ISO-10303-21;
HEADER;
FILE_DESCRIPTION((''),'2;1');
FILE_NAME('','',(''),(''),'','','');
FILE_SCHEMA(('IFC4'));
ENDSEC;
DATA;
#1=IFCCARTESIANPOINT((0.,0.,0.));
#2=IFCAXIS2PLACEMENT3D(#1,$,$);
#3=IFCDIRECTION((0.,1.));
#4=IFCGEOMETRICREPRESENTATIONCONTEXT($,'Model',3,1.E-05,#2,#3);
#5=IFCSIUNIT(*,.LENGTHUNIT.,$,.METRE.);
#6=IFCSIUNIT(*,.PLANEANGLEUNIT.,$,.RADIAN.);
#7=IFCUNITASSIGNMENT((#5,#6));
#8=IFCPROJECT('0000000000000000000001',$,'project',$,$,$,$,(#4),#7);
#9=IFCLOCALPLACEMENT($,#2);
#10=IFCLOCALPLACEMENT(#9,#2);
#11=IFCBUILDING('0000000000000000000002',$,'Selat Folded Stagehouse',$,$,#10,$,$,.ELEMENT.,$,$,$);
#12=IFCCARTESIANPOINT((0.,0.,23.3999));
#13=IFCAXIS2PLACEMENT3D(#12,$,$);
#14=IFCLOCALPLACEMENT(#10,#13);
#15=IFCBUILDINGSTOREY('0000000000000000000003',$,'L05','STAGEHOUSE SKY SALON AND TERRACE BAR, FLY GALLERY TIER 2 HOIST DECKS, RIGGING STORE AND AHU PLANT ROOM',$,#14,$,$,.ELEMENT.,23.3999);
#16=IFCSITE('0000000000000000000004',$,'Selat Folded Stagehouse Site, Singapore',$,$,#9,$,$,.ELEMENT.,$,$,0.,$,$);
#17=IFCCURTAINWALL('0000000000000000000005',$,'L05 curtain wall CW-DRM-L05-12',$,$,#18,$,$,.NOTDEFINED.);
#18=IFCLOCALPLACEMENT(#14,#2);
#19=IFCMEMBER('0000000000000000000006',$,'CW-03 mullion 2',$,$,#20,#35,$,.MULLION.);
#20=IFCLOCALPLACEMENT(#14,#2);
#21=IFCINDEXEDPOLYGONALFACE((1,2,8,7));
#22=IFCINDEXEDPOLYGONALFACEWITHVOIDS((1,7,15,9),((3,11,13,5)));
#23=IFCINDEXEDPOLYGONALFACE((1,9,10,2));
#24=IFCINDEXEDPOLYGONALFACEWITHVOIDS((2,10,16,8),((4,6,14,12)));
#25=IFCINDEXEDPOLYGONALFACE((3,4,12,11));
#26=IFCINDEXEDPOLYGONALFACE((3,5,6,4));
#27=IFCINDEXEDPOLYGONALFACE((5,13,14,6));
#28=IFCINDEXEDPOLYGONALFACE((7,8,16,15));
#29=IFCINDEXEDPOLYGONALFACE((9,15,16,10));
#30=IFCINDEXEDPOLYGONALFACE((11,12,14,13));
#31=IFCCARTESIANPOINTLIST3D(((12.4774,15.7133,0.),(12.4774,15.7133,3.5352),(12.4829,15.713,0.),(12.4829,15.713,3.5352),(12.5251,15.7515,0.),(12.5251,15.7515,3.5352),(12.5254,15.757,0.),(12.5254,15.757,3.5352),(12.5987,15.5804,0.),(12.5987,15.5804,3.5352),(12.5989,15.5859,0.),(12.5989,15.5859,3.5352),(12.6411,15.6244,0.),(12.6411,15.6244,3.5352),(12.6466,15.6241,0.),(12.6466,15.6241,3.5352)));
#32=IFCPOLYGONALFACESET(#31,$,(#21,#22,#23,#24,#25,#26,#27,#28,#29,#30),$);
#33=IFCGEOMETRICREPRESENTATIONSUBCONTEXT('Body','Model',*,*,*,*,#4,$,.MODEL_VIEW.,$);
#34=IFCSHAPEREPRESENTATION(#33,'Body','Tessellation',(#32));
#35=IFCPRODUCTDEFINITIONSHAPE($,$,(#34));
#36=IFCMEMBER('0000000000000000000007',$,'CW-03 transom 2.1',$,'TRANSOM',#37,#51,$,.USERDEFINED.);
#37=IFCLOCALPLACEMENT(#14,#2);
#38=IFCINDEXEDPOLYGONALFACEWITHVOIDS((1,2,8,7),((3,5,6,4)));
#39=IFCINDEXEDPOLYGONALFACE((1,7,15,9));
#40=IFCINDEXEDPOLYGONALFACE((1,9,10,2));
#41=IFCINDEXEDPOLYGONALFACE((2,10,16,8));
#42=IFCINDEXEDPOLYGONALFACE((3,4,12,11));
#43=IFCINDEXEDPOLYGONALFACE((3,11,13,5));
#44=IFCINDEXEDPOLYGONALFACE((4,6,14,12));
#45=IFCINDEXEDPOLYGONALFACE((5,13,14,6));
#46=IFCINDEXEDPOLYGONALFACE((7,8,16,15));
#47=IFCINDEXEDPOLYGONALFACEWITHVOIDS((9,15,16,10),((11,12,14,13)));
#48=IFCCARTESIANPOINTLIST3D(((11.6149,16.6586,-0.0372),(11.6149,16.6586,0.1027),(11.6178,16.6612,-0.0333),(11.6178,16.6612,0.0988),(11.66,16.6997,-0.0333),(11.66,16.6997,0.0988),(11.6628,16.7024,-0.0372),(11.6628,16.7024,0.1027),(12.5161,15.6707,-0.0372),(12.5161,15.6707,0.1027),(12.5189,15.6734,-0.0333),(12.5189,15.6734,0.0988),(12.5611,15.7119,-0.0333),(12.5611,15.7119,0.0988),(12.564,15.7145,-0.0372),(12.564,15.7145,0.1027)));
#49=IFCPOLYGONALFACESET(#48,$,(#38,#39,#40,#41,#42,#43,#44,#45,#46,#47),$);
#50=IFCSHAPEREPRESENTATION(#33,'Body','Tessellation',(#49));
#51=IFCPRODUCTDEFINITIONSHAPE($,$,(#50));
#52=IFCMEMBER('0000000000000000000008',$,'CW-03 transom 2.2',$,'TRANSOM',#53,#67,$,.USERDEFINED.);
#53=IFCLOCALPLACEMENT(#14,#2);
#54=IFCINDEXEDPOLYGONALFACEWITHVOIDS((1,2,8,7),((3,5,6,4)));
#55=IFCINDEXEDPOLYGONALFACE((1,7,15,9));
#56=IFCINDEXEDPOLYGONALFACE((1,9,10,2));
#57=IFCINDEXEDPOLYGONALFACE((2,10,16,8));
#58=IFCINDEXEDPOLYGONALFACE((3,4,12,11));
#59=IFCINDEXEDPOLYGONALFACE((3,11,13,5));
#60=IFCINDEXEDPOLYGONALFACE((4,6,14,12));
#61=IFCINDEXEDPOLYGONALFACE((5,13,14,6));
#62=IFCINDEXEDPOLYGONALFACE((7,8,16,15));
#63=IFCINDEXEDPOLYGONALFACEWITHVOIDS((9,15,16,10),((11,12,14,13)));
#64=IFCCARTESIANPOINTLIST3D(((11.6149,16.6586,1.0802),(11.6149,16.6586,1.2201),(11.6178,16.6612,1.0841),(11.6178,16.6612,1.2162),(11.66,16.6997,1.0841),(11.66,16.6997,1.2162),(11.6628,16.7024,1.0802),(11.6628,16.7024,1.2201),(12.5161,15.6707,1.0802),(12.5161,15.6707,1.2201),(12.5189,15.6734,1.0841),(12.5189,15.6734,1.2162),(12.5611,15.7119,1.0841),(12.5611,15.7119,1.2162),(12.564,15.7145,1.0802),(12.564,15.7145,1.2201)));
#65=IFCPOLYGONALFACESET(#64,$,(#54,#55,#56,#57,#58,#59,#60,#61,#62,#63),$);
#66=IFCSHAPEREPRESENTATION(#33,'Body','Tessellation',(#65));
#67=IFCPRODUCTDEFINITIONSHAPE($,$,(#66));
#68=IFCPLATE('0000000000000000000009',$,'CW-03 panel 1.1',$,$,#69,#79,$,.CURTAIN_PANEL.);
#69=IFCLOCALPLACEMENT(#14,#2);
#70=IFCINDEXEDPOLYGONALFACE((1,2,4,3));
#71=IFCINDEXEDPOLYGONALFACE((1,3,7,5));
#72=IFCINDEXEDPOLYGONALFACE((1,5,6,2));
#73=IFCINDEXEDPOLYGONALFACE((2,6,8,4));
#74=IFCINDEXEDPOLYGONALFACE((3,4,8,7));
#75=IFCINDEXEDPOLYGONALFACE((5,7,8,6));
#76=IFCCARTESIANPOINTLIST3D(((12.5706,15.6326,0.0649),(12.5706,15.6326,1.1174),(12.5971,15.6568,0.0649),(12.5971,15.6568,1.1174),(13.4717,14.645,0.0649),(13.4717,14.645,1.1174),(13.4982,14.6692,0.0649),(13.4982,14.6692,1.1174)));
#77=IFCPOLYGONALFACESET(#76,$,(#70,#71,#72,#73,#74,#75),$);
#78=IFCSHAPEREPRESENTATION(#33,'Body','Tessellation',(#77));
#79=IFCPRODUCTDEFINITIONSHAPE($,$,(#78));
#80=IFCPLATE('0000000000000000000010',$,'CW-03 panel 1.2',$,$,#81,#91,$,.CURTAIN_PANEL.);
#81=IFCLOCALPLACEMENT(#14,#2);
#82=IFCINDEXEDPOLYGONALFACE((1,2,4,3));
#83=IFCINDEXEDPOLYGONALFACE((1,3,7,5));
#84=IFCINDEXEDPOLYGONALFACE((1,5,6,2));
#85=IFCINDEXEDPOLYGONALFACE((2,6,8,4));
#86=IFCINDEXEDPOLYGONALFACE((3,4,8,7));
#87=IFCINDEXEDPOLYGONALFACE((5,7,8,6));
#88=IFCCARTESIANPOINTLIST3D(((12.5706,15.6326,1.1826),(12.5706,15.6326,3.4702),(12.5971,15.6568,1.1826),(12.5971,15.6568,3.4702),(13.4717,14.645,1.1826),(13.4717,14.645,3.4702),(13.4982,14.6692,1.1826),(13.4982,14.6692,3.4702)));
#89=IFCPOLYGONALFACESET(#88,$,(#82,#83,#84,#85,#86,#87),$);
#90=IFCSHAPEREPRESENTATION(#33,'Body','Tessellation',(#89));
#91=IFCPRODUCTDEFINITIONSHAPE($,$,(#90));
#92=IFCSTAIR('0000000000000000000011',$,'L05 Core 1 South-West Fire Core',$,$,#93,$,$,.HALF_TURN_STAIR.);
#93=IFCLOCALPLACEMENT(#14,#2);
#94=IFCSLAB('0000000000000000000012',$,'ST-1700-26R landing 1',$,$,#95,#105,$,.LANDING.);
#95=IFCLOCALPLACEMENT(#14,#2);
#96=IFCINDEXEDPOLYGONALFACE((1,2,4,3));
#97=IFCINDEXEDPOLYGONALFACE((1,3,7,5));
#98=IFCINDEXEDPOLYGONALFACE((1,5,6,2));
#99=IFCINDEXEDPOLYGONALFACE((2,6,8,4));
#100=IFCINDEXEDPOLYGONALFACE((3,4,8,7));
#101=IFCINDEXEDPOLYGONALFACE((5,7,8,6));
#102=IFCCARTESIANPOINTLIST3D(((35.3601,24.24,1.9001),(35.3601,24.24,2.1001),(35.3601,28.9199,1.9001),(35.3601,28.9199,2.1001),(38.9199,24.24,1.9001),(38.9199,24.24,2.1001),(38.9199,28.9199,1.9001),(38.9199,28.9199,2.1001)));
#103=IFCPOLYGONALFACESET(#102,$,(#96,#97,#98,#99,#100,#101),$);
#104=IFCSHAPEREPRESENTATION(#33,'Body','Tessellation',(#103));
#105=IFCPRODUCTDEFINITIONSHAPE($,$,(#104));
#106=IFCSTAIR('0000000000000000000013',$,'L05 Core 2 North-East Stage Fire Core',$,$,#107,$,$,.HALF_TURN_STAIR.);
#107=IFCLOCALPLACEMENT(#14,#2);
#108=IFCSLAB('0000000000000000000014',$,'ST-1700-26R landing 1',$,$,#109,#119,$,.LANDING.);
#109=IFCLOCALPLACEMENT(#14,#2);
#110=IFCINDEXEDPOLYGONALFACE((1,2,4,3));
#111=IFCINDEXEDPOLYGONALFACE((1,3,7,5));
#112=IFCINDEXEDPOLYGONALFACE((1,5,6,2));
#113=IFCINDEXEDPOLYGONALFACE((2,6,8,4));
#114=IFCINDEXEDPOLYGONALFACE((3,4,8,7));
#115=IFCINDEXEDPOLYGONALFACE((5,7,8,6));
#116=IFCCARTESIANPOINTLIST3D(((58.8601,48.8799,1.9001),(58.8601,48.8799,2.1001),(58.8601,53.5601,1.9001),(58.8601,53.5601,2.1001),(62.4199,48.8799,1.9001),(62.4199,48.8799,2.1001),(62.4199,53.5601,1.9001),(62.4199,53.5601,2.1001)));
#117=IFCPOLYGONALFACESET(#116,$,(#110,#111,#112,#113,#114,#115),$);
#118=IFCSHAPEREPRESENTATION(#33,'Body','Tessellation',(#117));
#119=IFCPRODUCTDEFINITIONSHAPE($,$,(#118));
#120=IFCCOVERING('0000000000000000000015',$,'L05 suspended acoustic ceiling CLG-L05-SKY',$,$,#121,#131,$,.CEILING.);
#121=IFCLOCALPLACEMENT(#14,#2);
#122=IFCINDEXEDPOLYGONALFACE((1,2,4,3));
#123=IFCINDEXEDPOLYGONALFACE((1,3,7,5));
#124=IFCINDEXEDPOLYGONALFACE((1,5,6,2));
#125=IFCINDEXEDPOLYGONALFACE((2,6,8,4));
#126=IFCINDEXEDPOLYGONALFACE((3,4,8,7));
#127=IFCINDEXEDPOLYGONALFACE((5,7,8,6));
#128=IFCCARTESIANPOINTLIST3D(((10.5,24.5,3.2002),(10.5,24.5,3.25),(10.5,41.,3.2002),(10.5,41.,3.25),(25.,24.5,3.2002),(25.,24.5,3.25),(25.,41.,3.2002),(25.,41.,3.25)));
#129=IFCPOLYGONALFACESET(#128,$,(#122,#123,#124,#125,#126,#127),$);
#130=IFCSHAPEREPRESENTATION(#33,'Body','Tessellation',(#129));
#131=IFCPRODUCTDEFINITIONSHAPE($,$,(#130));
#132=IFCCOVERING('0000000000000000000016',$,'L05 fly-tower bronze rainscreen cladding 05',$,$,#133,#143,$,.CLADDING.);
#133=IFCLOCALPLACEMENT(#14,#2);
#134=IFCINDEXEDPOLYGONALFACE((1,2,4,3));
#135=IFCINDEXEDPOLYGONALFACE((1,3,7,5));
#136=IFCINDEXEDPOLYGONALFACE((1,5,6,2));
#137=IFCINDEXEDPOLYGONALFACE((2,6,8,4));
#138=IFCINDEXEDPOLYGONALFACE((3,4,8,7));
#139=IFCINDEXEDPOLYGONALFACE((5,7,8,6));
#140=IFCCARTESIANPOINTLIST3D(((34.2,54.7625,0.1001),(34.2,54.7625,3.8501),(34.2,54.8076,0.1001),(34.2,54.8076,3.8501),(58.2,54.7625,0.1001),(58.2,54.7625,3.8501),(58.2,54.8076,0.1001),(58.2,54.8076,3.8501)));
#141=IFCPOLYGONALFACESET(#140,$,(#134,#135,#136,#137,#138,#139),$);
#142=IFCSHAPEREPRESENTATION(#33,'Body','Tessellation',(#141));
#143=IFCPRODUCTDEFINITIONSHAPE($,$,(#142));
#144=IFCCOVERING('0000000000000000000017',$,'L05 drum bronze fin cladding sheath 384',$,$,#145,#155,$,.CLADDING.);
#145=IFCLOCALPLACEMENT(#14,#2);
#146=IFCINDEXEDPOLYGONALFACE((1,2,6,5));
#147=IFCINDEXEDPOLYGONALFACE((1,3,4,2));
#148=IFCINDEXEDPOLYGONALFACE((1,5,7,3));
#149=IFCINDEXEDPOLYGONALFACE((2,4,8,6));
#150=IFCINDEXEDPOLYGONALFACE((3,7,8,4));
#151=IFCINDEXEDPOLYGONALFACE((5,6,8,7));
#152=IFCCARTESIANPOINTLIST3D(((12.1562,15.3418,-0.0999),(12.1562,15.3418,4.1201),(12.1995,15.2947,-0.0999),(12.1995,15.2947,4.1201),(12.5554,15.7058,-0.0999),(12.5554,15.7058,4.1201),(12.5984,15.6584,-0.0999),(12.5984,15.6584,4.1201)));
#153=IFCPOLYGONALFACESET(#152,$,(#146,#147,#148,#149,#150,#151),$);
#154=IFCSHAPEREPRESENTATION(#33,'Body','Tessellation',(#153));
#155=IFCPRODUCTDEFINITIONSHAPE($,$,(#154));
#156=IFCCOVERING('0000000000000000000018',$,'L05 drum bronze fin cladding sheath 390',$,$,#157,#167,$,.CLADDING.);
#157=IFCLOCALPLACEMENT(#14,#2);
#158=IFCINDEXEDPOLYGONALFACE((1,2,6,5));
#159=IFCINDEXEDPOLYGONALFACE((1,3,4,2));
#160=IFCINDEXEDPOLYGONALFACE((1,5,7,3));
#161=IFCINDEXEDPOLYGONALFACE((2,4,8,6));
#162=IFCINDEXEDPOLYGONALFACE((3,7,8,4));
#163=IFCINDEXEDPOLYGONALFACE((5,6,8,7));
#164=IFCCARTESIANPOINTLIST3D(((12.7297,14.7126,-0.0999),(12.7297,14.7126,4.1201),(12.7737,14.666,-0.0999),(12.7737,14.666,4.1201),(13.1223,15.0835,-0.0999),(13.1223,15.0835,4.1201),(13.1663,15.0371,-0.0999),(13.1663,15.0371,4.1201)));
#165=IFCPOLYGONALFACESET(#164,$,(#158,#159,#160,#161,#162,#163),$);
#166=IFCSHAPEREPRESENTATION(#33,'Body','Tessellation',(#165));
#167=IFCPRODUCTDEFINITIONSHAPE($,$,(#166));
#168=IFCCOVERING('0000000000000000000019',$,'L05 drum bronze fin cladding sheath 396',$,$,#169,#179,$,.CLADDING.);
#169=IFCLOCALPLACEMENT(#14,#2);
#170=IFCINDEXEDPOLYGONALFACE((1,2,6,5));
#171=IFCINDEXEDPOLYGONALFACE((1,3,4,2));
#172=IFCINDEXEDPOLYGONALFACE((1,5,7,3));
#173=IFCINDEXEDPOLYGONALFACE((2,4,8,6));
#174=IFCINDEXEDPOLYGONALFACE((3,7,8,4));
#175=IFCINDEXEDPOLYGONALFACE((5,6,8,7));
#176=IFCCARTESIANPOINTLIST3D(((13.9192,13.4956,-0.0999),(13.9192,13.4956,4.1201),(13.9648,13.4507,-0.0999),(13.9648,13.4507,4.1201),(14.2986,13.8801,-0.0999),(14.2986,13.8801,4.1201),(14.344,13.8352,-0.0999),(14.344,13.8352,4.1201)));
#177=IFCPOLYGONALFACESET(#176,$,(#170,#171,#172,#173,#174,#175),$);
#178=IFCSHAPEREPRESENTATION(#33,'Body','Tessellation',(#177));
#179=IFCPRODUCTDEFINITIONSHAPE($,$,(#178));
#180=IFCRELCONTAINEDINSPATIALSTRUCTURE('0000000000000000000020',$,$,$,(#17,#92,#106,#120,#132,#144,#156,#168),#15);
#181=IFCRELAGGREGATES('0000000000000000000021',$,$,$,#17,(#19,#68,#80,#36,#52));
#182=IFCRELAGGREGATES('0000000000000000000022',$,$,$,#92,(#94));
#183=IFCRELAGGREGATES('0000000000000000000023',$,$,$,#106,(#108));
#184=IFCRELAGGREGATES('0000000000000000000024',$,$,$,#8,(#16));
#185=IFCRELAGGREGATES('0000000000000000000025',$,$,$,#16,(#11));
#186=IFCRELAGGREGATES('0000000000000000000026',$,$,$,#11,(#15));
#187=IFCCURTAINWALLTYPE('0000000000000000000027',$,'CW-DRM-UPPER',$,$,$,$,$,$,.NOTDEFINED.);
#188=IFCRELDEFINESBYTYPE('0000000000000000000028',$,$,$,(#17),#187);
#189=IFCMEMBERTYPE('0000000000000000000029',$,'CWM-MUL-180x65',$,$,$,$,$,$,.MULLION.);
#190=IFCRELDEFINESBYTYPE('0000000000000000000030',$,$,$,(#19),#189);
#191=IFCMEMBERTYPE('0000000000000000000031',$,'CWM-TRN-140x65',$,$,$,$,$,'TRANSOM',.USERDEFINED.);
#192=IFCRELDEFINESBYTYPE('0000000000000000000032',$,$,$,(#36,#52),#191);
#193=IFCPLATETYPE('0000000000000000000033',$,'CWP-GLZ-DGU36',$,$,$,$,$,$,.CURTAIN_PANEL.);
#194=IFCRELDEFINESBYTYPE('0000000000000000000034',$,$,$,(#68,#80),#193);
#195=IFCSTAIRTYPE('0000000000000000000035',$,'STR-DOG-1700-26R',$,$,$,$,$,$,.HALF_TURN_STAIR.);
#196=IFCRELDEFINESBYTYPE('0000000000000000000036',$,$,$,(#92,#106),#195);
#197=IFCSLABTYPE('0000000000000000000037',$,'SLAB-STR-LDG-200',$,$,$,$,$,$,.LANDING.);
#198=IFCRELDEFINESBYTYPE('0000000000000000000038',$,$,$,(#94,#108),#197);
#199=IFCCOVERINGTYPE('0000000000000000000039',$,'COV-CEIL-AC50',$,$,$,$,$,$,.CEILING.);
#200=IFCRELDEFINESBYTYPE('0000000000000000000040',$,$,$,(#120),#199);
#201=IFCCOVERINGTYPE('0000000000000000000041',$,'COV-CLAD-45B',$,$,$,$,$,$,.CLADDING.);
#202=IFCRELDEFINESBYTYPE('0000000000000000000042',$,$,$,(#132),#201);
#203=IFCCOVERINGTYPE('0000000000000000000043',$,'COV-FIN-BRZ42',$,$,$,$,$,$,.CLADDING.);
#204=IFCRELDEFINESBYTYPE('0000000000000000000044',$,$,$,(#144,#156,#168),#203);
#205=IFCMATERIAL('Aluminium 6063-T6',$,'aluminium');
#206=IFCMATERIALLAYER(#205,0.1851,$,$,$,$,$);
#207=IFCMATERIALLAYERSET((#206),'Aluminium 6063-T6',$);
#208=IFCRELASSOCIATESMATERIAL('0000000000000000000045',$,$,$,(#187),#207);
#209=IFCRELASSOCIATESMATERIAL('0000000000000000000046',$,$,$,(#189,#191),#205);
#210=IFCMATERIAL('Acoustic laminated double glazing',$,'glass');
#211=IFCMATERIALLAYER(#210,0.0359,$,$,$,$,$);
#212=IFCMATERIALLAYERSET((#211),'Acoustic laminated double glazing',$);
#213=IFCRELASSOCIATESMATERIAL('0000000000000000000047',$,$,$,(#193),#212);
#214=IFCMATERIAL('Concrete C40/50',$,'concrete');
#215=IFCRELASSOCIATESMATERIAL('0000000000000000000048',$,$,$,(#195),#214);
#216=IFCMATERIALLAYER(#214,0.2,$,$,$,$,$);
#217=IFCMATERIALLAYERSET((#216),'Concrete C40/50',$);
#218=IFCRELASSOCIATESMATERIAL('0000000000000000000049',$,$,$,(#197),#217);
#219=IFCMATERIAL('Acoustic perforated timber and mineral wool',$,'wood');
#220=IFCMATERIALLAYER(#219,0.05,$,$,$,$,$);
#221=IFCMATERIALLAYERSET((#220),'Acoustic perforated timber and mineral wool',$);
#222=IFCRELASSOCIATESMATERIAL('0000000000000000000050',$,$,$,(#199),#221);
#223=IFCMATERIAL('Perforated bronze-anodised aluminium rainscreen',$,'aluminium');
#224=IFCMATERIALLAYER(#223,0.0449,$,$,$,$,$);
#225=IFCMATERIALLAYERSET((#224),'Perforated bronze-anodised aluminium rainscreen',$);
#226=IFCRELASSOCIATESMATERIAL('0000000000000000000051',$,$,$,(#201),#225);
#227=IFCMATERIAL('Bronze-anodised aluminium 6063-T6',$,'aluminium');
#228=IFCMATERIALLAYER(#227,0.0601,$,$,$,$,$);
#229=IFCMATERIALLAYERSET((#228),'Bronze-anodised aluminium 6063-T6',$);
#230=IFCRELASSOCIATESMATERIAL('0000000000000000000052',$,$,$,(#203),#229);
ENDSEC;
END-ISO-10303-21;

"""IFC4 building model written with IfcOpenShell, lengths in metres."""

from ifc_helpers import new_model, si_unit, direction, frame, origin, origin_2d, place, context, subcontext, project, spatial, polyline, rectangle, hollow_rectangle, outline, extrude, material, layer, layer_set, material_profile, profile_set, type_object, element, aggregate, save


model = new_model("IFC4")

# Units and contexts
model_context = context("Model", 3, precision=1e-05, world=origin(), true_north=direction((0.0, 1.0)))
body_context = subcontext(model_context, "Body", "Model", "MODEL_VIEW")
ifc_project = project(units=[si_unit("LENGTHUNIT", "METRE"), si_unit("PLANEANGLEUNIT", "RADIAN")], contexts=[model_context])

# Site, building, storey
site_placement = place(None, origin())
site = spatial("IfcSite", under=ifc_project, at=site_placement, Name="Selat Folded Stagehouse Site, Singapore", CompositionType="ELEMENT", RefElevation=0.0)
building_placement = place(site_placement, origin())
building = spatial("IfcBuilding", under=site, at=building_placement, Name="Selat Folded Stagehouse", CompositionType="ELEMENT")
storey_placement = place(building_placement, frame((0.0, 0.0, 23.3999)))
storey = spatial("IfcBuildingStorey", under=building, at=storey_placement, Name="L05", Description="STAGEHOUSE SKY SALON AND TERRACE BAR, FLY GALLERY TIER 2 HOIST DECKS, RIGGING STORE AND AHU PLANT ROOM", CompositionType="ELEMENT", Elevation=23.3999)

# Curtain wall, members, plates
ifc_material_1 = material(Name="Aluminium 6063-T6", Category="aluminium")
ifc_layer_1 = layer(ifc_material_1, 0.1851)
ifc_layer_set_1 = layer_set([ifc_layer_1], Name="Aluminium 6063-T6")
curtain_wall_type = type_object("IfcCurtainWallType", Name="CW-DRM-UPPER", PredefinedType="NOTDEFINED", material=ifc_layer_set_1)
curtain_wall_placement = place(storey_placement, origin())
curtain_wall = element("IfcCurtainWall", 1, at=curtain_wall_placement, inside=storey, type_object=curtain_wall_type, Name="L05 curtain wall CW-DRM-L05-12", PredefinedType="NOTDEFINED")
ifc_material_profile_1 = material_profile(ifc_material_1, hollow_rectangle(XDim=0.0649, YDim=0.1799, WallThickness=0.0039, at=origin_2d()), Name="ALU 180x65x4.0")
ifc_profile_set_1 = profile_set([ifc_material_profile_1], Name="Aluminium 6063-T6")
member_type_1 = type_object("IfcMemberType", Name="CWM-MUL-180x65", PredefinedType="MULLION", material=ifc_profile_set_1)
member_1_placement = place(storey_placement, frame((12.562, 15.6687, 0.0), z_axis=(0.0, 0.0, 1.0), x_axis=(-0.738729, -0.674002, 0.0)))
member_1 = element("IfcMember", 2, at=member_1_placement, type_object=member_type_1, Name="CW-03 mullion 2", PredefinedType="MULLION", context=body_context, shape_type="SweptSolid", body=[
    extrude(hollow_rectangle(XDim=0.0649, YDim=0.1799, WallThickness=0.0039, at=origin_2d()), origin(), (0.0, 0.0, 1.0), 3.5352),
])
ifc_material_profile_2 = material_profile(ifc_material_1, hollow_rectangle(XDim=0.0649, YDim=0.1399, WallThickness=0.0039, at=origin_2d()), Name="ALU 140x65x4.0")
ifc_profile_set_2 = profile_set([ifc_material_profile_2], Name="Aluminium 6063-T6")
member_type_2 = type_object("IfcMemberType", Name="CWM-TRN-140x65", ElementType="TRANSOM", PredefinedType="USERDEFINED", material=ifc_profile_set_2)
member_2_placement = place(storey_placement, frame((12.54, 15.6926, 0.0327), z_axis=(-0.673953, 0.738774, 0.0), x_axis=(-0.738774, -0.673953, 0.0)))
member_2 = element("IfcMember", 3, at=member_2_placement, type_object=member_type_2, Name="CW-03 transom 2.1", ObjectType="TRANSOM", PredefinedType="USERDEFINED", context=body_context, shape_type="SweptSolid", body=[
    extrude(hollow_rectangle(XDim=0.0649, YDim=0.1399, WallThickness=0.0039, at=origin_2d()), origin(), (0.0, 0.0, 1.0), 1.3372),
])
member_3_placement = place(storey_placement, frame((12.54, 15.6926, 1.1501), z_axis=(-0.673953, 0.738774, 0.0), x_axis=(-0.738774, -0.673953, 0.0)))
member_3 = element("IfcMember", 4, at=member_3_placement, type_object=member_type_2, Name="CW-03 transom 2.2", ObjectType="TRANSOM", PredefinedType="USERDEFINED", context=body_context, shape_type="SweptSolid", body=[
    extrude(hollow_rectangle(XDim=0.0649, YDim=0.1399, WallThickness=0.0039, at=origin_2d()), origin(), (0.0, 0.0, 1.0), 1.3372),
])
ifc_material_2 = material(Name="Acoustic laminated double glazing", Category="glass")
ifc_layer_2 = layer(ifc_material_2, 0.0359)
ifc_layer_set_2 = layer_set([ifc_layer_2], Name="Acoustic laminated double glazing")
plate_type = type_object("IfcPlateType", Name="CWP-GLZ-DGU36", PredefinedType="CURTAIN_PANEL", material=ifc_layer_set_2)
plate_1_placement = place(storey_placement, frame((13.0344, 15.1509, 0.0649), z_axis=(0.0, 0.0, 1.0), x_axis=(-0.674002, 0.738729, 0.0)))
plate_1 = element("IfcPlate", 5, at=plate_1_placement, type_object=plate_type, Name="CW-03 panel 1.1", PredefinedType="CURTAIN_PANEL", context=body_context, shape_type="SweptSolid", body=[
    extrude(rectangle(XDim=1.3369, YDim=0.0359, at=origin_2d()), origin(), (0.0, 0.0, 1.0), 1.0525),
])
plate_2_placement = place(storey_placement, frame((13.0344, 15.1509, 1.1826), z_axis=(0.0, 0.0, 1.0), x_axis=(-0.674002, 0.738729, 0.0)))
plate_2 = element("IfcPlate", 6, at=plate_2_placement, type_object=plate_type, Name="CW-03 panel 1.2", PredefinedType="CURTAIN_PANEL", context=body_context, shape_type="SweptSolid", body=[
    extrude(rectangle(XDim=1.3369, YDim=0.0359, at=origin_2d()), origin(), (0.0, 0.0, 1.0), 2.2876),
])
aggregate(curtain_wall, [member_1, plate_1, plate_2, member_2, member_3])

# Stairs, slabs
ifc_material_3 = material(Name="Concrete C40/50", Category="concrete")
stair_type = type_object("IfcStairType", Name="STR-DOG-1700-26R", PredefinedType="HALF_TURN_STAIR", material=ifc_material_3)
stair_1_placement = place(storey_placement, origin())
stair_1 = element("IfcStair", 7, at=stair_1_placement, inside=storey, type_object=stair_type, Name="L05 Core 1 South-West Fire Core", PredefinedType="HALF_TURN_STAIR")
ifc_layer_3 = layer(ifc_material_3, 0.2)
ifc_layer_set_3 = layer_set([ifc_layer_3], Name="Concrete C40/50")
slab_type = type_object("IfcSlabType", Name="SLAB-STR-LDG-200", PredefinedType="LANDING", material=ifc_layer_set_3)
slab_1_placement = place(storey_placement, frame((0.0, 0.0, 1.9001)))
slab_1 = element("IfcSlab", 8, at=slab_1_placement, type_object=slab_type, Name="ST-1700-26R landing 1", PredefinedType="LANDING", context=body_context, shape_type="SweptSolid", body=[
    extrude(outline(polyline([(35.3601, 28.9199), (35.3601, 24.24), (38.9199, 24.24), (38.9199, 28.9199), (35.3601, 28.9199)])), origin(), (0.0, 0.0, 1.0), 0.2),
])
aggregate(stair_1, [slab_1])
stair_2_placement = place(storey_placement, origin())
stair_2 = element("IfcStair", 9, at=stair_2_placement, inside=storey, type_object=stair_type, Name="L05 Core 2 North-East Stage Fire Core", PredefinedType="HALF_TURN_STAIR")
slab_2_placement = place(storey_placement, frame((0.0, 0.0, 1.9001)))
slab_2 = element("IfcSlab", 10, at=slab_2_placement, type_object=slab_type, Name="ST-1700-26R landing 1", PredefinedType="LANDING", context=body_context, shape_type="SweptSolid", body=[
    extrude(outline(polyline([(62.4199, 48.8799), (62.4199, 53.5601), (58.8601, 53.5601), (58.8601, 48.8799), (62.4199, 48.8799)])), origin(), (0.0, 0.0, 1.0), 0.2),
])
aggregate(stair_2, [slab_2])

# Coverings
ifc_material_4 = material(Name="Acoustic perforated timber and mineral wool", Category="wood")
ifc_layer_4 = layer(ifc_material_4, 0.05)
ifc_layer_set_4 = layer_set([ifc_layer_4], Name="Acoustic perforated timber and mineral wool")
covering_type_1 = type_object("IfcCoveringType", Name="COV-CEIL-AC50", PredefinedType="CEILING", material=ifc_layer_set_4)
covering_1_placement = place(storey_placement, frame((0.0, 0.0, 3.2002)))
element("IfcCovering", 11, at=covering_1_placement, inside=storey, type_object=covering_type_1, Name="L05 suspended acoustic ceiling CLG-L05-SKY", PredefinedType="CEILING", context=body_context, shape_type="SweptSolid", body=[
    extrude(outline(polyline([(10.5, 24.5), (25.0, 24.5), (25.0, 41.0), (10.5, 41.0), (10.5, 24.5)])), origin(), (0.0, 0.0, 1.0), 0.0498),
])
ifc_material_5 = material(Name="Perforated bronze-anodised aluminium rainscreen", Category="aluminium")
ifc_layer_5 = layer(ifc_material_5, 0.0449)
ifc_layer_set_5 = layer_set([ifc_layer_5], Name="Perforated bronze-anodised aluminium rainscreen")
covering_type_2 = type_object("IfcCoveringType", Name="COV-CLAD-45B", PredefinedType="CLADDING", material=ifc_layer_set_5)
covering_2_placement = place(storey_placement, frame((0.0, 0.0, 0.1001)))
element("IfcCovering", 12, at=covering_2_placement, inside=storey, type_object=covering_type_2, Name="L05 fly-tower bronze rainscreen cladding 05", PredefinedType="CLADDING", context=body_context, shape_type="SweptSolid", body=[
    extrude(outline(polyline([(34.2, 54.7625), (58.2, 54.7625), (58.2, 54.8076), (34.2, 54.8076), (34.2, 54.7625)])), origin(), (0.0, 0.0, 1.0), 3.75),
])
ifc_material_6 = material(Name="Bronze-anodised aluminium 6063-T6", Category="aluminium")
ifc_layer_6 = layer(ifc_material_6, 0.0601)
ifc_layer_set_6 = layer_set([ifc_layer_6], Name="Bronze-anodised aluminium 6063-T6")
covering_type_3 = type_object("IfcCoveringType", Name="COV-FIN-BRZ42", PredefinedType="CLADDING", material=ifc_layer_set_6)
covering_3_placement = place(storey_placement, frame((0.0, 0.0, -0.0999)))
element("IfcCovering", 13, at=covering_3_placement, inside=storey, type_object=covering_type_3, Name="L05 drum bronze fin cladding sheath 384", PredefinedType="CLADDING", context=body_context, shape_type="SweptSolid", body=[
    extrude(outline(polyline([(12.5554, 15.7058), (12.1562, 15.3418), (12.1995, 15.2947), (12.5984, 15.6584), (12.5554, 15.7058)])), origin(), (0.0, 0.0, 1.0), 4.22),
])
covering_4_placement = place(storey_placement, frame((0.0, 0.0, -0.0999)))
element("IfcCovering", 14, at=covering_4_placement, inside=storey, type_object=covering_type_3, Name="L05 drum bronze fin cladding sheath 390", PredefinedType="CLADDING", context=body_context, shape_type="SweptSolid", body=[
    extrude(outline(polyline([(13.1223, 15.0835), (12.7297, 14.7126), (12.7737, 14.666), (13.1663, 15.0371), (13.1223, 15.0835)])), origin(), (0.0, 0.0, 1.0), 4.22),
])
covering_5_placement = place(storey_placement, frame((0.0, 0.0, -0.0999)))
element("IfcCovering", 15, at=covering_5_placement, inside=storey, type_object=covering_type_3, Name="L05 drum bronze fin cladding sheath 396", PredefinedType="CLADDING", context=body_context, shape_type="SweptSolid", body=[
    extrude(outline(polyline([(14.2986, 13.8801), (13.9192, 13.4956), (13.9648, 13.4507), (14.344, 13.8352), (14.2986, 13.8801)])), origin(), (0.0, 0.0, 1.0), 4.22),
])

save(model, "model.ifc")
